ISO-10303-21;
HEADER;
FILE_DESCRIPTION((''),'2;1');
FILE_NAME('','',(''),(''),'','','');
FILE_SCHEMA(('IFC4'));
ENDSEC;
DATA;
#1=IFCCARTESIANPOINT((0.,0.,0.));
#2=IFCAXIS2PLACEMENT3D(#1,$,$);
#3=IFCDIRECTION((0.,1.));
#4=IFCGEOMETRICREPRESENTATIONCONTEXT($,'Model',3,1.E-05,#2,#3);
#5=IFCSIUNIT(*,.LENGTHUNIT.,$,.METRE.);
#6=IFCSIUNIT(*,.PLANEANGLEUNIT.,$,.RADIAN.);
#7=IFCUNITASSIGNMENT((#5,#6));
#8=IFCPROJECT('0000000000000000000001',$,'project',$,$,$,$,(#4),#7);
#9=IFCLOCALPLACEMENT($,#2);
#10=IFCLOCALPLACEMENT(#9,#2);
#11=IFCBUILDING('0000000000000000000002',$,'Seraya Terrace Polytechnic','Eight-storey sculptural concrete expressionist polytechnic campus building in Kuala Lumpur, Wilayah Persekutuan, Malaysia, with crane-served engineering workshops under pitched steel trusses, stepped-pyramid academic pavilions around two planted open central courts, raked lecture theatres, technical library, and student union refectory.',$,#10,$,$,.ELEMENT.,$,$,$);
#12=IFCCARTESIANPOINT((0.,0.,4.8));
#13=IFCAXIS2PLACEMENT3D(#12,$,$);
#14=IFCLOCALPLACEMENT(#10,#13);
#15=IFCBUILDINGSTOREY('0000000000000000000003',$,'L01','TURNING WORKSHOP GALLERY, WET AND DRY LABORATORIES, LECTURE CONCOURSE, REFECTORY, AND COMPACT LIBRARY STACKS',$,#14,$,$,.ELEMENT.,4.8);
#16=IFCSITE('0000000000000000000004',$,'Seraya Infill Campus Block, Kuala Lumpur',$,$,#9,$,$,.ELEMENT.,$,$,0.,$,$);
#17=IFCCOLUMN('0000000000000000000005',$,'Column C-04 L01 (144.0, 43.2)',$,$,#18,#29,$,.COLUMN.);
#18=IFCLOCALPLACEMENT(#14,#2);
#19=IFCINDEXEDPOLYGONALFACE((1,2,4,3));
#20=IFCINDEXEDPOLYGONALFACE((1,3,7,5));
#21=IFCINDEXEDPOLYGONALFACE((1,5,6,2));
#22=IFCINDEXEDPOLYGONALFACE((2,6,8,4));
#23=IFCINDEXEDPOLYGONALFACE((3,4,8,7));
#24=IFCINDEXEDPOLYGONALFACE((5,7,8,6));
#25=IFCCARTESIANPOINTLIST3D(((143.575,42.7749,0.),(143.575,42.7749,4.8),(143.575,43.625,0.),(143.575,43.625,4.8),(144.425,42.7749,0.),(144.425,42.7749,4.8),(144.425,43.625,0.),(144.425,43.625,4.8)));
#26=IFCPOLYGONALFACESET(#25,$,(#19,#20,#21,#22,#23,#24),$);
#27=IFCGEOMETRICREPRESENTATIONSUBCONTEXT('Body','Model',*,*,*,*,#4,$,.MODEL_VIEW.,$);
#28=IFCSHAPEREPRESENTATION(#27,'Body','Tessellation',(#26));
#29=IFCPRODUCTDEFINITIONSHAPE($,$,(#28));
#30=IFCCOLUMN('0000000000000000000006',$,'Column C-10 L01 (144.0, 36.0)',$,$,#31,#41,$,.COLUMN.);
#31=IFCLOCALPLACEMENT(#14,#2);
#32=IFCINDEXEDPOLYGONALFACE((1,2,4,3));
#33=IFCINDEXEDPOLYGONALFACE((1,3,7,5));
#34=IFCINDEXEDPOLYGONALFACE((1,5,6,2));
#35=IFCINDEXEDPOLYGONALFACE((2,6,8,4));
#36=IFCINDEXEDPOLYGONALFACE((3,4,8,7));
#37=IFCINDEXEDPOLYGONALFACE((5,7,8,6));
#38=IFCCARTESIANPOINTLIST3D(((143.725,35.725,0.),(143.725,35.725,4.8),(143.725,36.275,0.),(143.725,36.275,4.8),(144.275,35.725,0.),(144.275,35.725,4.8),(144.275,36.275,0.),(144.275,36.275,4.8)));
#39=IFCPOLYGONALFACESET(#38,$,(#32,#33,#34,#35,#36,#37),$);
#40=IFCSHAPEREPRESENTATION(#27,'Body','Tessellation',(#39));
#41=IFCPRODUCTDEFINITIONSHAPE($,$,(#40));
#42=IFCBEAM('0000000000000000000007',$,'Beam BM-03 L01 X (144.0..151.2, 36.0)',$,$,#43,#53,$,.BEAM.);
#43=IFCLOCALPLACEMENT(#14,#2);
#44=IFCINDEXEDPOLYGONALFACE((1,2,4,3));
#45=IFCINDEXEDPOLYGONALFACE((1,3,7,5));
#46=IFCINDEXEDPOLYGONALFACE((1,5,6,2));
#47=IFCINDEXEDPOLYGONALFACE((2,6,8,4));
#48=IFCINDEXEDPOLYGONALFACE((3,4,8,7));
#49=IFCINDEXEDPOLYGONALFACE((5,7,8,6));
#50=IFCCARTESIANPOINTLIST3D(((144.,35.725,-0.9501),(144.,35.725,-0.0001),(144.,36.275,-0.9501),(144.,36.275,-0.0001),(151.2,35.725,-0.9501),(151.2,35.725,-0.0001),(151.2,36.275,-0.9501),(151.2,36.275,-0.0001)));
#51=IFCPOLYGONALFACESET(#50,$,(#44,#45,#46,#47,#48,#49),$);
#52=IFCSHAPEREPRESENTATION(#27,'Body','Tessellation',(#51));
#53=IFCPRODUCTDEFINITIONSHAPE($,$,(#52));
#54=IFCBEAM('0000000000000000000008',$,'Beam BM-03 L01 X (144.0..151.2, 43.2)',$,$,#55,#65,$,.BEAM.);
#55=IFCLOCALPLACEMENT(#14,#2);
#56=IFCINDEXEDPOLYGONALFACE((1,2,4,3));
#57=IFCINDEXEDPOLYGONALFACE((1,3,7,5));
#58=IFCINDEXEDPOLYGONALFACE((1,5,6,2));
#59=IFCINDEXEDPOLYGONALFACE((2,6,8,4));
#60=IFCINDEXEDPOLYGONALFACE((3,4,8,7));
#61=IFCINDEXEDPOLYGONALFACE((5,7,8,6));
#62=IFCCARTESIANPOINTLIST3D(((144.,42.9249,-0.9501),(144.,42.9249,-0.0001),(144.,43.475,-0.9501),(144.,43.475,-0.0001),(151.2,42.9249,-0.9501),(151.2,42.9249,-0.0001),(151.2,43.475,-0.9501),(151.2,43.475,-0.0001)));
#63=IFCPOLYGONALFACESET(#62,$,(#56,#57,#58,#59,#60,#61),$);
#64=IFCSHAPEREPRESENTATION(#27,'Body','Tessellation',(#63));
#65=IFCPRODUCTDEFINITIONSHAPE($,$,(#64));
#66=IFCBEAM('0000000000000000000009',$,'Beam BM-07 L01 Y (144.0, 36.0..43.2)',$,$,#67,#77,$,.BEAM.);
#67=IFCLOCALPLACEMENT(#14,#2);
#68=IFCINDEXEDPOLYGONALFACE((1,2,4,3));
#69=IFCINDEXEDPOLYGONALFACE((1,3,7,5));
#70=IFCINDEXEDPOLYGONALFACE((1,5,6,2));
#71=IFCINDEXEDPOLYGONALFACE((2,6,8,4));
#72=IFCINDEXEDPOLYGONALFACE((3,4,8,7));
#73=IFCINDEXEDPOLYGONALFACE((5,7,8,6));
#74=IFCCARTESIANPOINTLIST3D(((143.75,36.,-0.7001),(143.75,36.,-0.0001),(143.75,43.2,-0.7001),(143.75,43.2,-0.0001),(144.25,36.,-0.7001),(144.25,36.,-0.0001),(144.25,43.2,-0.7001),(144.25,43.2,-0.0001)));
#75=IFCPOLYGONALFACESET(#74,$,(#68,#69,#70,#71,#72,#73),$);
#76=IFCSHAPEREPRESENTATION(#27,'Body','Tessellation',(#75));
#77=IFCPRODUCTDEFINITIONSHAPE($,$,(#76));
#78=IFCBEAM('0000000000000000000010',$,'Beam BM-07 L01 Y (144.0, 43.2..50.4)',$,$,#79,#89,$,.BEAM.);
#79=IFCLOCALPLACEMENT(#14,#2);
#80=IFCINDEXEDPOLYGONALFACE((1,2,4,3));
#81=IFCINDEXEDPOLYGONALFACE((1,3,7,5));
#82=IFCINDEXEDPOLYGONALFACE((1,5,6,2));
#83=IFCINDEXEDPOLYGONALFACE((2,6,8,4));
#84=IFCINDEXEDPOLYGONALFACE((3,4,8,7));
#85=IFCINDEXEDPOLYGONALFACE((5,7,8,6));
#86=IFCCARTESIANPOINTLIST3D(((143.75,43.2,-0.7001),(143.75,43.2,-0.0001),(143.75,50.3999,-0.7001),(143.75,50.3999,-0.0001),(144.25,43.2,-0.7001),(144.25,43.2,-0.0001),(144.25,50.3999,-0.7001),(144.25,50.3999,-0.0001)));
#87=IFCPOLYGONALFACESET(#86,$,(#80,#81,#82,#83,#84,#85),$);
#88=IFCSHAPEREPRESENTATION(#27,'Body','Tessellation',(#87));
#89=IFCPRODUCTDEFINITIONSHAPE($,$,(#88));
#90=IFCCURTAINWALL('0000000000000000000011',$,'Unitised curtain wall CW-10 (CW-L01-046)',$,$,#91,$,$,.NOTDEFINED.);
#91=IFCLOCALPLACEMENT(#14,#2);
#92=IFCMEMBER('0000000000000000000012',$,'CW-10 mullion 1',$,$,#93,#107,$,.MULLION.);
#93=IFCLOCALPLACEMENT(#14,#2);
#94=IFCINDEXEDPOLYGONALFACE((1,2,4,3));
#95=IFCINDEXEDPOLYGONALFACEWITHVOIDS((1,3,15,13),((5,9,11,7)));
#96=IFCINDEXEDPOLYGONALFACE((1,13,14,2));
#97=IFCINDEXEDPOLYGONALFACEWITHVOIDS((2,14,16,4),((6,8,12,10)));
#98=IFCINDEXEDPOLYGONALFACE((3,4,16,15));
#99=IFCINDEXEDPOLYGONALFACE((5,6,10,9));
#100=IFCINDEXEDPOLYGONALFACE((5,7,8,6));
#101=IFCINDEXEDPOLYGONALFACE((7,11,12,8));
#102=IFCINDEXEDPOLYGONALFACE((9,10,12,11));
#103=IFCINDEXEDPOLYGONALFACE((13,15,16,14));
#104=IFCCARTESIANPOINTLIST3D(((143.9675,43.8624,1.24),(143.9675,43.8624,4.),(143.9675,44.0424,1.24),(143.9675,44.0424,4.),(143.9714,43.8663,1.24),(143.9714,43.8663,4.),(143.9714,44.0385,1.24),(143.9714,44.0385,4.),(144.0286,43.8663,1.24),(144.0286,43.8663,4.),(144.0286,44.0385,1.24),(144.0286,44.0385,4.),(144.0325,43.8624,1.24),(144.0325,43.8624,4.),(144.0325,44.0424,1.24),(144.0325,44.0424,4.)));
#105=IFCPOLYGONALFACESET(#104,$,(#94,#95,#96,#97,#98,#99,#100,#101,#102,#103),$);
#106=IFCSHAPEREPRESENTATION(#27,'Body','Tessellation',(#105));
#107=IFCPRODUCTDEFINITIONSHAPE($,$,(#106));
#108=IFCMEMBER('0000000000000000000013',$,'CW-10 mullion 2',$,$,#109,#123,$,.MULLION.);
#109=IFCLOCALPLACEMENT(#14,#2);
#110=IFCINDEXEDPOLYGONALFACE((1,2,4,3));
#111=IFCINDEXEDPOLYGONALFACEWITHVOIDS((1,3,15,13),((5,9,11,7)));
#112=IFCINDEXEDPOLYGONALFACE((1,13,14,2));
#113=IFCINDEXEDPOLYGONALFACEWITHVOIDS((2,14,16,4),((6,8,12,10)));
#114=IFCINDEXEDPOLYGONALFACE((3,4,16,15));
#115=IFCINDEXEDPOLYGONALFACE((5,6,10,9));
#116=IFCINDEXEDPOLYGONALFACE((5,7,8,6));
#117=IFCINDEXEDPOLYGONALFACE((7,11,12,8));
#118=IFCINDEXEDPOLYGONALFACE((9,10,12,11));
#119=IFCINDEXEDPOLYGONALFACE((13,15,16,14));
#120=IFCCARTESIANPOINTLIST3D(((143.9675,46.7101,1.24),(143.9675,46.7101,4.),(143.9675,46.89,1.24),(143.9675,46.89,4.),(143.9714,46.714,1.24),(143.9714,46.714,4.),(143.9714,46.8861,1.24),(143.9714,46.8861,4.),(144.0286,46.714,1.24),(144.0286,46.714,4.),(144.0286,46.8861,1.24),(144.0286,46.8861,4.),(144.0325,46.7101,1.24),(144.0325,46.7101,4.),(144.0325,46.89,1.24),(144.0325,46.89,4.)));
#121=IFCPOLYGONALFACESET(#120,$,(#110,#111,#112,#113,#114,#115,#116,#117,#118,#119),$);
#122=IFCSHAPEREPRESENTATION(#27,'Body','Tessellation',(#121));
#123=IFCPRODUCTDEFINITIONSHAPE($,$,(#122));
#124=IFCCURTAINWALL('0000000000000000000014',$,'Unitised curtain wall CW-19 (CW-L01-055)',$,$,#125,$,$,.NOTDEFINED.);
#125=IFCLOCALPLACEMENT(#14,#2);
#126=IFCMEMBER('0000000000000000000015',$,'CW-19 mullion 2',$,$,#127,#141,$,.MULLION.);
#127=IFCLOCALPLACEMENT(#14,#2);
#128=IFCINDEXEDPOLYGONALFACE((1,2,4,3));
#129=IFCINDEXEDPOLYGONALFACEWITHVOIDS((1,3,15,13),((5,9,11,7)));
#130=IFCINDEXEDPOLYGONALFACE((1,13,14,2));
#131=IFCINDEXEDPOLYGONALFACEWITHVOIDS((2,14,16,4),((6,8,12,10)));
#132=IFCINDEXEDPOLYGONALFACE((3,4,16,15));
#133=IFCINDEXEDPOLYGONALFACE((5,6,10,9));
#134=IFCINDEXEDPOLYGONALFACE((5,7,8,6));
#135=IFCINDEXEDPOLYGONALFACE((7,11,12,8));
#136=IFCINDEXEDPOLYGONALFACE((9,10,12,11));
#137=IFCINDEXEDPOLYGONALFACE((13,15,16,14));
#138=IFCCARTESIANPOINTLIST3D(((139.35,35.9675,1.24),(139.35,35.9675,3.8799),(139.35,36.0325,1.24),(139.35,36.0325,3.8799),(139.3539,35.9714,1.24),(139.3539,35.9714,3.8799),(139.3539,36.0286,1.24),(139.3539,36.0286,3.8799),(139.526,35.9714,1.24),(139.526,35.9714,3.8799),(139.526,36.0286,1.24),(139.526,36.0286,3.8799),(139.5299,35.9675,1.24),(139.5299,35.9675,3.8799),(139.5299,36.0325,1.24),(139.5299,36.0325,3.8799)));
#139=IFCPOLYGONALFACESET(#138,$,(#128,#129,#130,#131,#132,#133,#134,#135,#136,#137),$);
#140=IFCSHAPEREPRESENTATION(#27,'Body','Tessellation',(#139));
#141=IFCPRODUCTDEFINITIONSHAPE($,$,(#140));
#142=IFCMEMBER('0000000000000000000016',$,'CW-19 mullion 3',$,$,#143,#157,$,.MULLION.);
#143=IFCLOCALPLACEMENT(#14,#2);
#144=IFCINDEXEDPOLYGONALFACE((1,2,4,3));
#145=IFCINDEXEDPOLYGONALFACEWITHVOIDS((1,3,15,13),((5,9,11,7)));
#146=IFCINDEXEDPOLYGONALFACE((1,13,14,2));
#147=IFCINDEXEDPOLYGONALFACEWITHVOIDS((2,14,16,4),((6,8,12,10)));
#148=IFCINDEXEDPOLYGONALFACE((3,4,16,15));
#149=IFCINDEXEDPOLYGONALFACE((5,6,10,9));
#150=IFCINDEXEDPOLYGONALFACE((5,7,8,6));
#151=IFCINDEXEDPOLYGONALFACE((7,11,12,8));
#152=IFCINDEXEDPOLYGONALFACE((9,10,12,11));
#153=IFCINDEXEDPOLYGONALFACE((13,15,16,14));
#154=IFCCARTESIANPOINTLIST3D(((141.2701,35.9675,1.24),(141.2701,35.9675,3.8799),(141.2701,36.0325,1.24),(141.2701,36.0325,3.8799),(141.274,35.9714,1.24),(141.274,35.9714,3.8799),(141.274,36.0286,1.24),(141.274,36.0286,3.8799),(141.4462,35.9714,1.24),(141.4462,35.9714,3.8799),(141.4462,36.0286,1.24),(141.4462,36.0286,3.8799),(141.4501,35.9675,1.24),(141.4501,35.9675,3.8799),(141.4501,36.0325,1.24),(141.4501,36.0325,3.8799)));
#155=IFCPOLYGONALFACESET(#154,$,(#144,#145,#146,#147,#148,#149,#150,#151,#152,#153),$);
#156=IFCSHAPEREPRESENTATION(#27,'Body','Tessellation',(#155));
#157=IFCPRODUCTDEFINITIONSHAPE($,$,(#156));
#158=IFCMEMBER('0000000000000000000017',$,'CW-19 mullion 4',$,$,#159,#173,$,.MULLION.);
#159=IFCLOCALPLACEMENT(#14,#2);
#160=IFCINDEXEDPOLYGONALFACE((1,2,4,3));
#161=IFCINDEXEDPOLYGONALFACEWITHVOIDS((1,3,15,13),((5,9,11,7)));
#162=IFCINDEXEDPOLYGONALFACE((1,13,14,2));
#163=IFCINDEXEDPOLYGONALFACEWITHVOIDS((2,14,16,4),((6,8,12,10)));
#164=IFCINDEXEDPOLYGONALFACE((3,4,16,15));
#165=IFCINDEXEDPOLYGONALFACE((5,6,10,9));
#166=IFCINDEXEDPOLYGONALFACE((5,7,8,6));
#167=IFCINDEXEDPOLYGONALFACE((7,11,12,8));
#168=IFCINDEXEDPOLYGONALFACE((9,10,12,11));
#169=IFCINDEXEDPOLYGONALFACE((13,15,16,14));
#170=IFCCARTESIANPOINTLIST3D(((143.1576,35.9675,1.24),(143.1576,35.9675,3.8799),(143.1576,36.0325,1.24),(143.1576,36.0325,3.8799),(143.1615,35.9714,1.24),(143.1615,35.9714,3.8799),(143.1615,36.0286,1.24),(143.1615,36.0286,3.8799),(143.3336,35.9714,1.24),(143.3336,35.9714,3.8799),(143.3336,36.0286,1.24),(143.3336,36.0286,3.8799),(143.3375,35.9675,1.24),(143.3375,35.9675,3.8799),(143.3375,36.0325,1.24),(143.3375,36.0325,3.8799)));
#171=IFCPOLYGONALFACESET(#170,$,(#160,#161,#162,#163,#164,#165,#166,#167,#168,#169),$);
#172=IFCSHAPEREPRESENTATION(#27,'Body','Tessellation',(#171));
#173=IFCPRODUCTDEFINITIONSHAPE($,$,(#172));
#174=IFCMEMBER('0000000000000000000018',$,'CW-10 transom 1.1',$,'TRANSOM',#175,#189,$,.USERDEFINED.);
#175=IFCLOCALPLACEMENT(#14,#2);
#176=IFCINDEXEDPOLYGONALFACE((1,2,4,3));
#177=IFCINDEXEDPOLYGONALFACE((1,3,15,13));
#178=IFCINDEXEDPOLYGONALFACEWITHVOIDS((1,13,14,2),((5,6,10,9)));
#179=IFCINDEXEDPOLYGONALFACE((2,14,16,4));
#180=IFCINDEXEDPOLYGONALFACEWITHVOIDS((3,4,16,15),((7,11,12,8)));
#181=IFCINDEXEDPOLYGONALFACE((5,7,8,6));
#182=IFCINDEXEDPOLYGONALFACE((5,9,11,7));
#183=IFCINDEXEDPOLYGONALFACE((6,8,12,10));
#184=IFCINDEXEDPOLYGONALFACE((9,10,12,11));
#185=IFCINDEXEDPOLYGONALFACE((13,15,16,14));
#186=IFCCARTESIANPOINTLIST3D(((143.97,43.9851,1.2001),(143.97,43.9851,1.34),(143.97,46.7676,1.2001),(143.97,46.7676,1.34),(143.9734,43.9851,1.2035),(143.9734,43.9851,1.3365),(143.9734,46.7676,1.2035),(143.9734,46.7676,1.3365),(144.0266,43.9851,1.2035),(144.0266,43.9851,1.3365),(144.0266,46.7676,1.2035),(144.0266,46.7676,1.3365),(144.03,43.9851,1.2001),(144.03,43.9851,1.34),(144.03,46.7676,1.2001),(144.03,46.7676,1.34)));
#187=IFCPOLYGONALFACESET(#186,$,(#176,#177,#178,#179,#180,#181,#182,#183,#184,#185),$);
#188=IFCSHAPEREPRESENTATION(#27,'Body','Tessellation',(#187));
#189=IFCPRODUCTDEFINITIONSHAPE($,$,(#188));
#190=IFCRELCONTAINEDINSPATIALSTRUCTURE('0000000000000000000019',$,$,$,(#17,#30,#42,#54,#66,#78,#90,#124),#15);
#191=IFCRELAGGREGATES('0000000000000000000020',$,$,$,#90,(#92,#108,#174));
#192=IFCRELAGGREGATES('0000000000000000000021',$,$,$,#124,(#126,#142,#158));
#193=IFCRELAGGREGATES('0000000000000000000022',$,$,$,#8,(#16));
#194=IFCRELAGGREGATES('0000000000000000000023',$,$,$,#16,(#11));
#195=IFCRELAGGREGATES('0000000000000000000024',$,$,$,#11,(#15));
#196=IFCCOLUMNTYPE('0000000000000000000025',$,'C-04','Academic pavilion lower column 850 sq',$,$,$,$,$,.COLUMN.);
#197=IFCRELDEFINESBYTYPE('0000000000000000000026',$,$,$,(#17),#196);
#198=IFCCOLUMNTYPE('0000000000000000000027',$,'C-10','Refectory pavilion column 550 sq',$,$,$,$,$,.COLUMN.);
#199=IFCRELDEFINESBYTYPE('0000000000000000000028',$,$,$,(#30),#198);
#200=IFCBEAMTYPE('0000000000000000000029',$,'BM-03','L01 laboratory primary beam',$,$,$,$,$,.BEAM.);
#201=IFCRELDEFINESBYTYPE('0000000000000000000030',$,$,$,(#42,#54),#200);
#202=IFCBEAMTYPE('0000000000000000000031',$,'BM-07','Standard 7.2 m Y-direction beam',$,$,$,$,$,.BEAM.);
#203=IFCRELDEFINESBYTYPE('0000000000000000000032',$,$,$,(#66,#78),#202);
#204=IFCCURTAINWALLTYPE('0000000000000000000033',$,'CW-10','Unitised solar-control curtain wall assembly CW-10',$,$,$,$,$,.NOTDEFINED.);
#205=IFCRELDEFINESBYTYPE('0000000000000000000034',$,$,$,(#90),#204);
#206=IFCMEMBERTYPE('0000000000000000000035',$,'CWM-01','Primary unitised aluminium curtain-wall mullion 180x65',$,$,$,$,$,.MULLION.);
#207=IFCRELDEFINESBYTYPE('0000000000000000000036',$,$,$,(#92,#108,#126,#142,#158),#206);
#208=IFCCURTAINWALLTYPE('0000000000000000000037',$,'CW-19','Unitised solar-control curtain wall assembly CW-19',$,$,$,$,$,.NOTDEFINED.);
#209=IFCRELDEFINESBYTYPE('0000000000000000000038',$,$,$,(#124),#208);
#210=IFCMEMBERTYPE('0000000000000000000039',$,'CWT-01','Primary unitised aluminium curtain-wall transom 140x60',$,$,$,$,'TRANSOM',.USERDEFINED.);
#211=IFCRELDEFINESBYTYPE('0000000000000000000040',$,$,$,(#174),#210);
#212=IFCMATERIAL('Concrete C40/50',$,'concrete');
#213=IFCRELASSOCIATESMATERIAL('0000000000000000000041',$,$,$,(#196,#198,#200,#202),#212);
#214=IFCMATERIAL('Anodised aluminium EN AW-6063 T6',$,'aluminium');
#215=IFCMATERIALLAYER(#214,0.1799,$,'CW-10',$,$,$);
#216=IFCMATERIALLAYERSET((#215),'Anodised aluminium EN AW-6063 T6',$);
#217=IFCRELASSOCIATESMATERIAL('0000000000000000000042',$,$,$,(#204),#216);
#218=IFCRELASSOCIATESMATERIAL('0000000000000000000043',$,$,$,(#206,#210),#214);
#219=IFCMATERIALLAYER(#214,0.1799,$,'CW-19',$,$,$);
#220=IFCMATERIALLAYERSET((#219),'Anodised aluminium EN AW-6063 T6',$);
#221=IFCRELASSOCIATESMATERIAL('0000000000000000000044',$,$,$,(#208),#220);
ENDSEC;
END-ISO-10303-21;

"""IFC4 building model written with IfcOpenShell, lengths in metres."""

from ifc_helpers import new_model, si_unit, direction, frame, origin, origin_2d, place, context, subcontext, project, spatial, rectangle, hollow_rectangle, extrude, material, layer, layer_set, material_profile, profile_set, type_object, element, aggregate, save


model = new_model("IFC4")

# Units and contexts
model_context = context("Model", 3, precision=1e-05, world=origin(), true_north=direction((0.0, 1.0)))
body_context = subcontext(model_context, "Body", "Model", "MODEL_VIEW")
ifc_project = project(units=[si_unit("LENGTHUNIT", "METRE"), si_unit("PLANEANGLEUNIT", "RADIAN")], contexts=[model_context])

# Site, building, storey
site_placement = place(None, origin())
site = spatial("IfcSite", under=ifc_project, at=site_placement, Name="Seraya Infill Campus Block, Kuala Lumpur", CompositionType="ELEMENT", RefElevation=0.0)
building_placement = place(site_placement, origin())
building = spatial("IfcBuilding", under=site, at=building_placement, Name="Seraya Terrace Polytechnic", Description="Eight-storey sculptural concrete expressionist polytechnic campus building in Kuala Lumpur, Wilayah Persekutuan, Malaysia, with crane-served engineering workshops under pitched steel trusses, stepped-pyramid academic pavilions around two planted open central courts, raked lecture theatres, technical library, and student union refectory.", CompositionType="ELEMENT")
storey_placement = place(building_placement, frame((0.0, 0.0, 4.8)))
storey = spatial("IfcBuildingStorey", under=building, at=storey_placement, Name="L01", Description="TURNING WORKSHOP GALLERY, WET AND DRY LABORATORIES, LECTURE CONCOURSE, REFECTORY, AND COMPACT LIBRARY STACKS", CompositionType="ELEMENT", Elevation=4.8)

# Columns
ifc_material_1 = material(Name="Concrete C40/50", Category="concrete")
ifc_material_profile_1 = material_profile(ifc_material_1, rectangle(XDim=0.8501, YDim=0.8501, at=origin_2d()), Name="RC 850x850")
ifc_profile_set_1 = profile_set([ifc_material_profile_1], Name="Concrete C40/50")
column_type_1 = type_object("IfcColumnType", Name="C-04", Description="Academic pavilion lower column 850 sq", PredefinedType="COLUMN", material=ifc_profile_set_1)
column_1_placement = place(storey_placement, frame((144.0, 43.2, 0.0), z_axis=(0.0, 0.0, 1.0), x_axis=(1.0, 0.0, 0.0)))
element("IfcColumn", 1, at=column_1_placement, inside=storey, type_object=column_type_1, Name="Column C-04 L01 (144.0, 43.2)", PredefinedType="COLUMN", context=body_context, shape_type="SweptSolid", body=[
    extrude(rectangle(XDim=0.8501, YDim=0.8501, at=origin_2d()), origin(), (0.0, 0.0, 1.0), 4.8),
])
ifc_material_profile_2 = material_profile(ifc_material_1, rectangle(XDim=0.55, YDim=0.55, at=origin_2d()), Name="RC 550x550")
ifc_profile_set_2 = profile_set([ifc_material_profile_2], Name="Concrete C40/50")
column_type_2 = type_object("IfcColumnType", Name="C-10", Description="Refectory pavilion column 550 sq", PredefinedType="COLUMN", material=ifc_profile_set_2)
column_2_placement = place(storey_placement, frame((144.0, 36.0, 0.0), z_axis=(0.0, 0.0, 1.0), x_axis=(1.0, 0.0, 0.0)))
element("IfcColumn", 2, at=column_2_placement, inside=storey, type_object=column_type_2, Name="Column C-10 L01 (144.0, 36.0)", PredefinedType="COLUMN", context=body_context, shape_type="SweptSolid", body=[
    extrude(rectangle(XDim=0.55, YDim=0.55, at=origin_2d()), origin(), (0.0, 0.0, 1.0), 4.8),
])

# Beams
ifc_material_profile_3 = material_profile(ifc_material_1, rectangle(XDim=0.55, YDim=0.95, at=origin_2d()), Name="RC 550x950")
ifc_profile_set_3 = profile_set([ifc_material_profile_3], Name="Concrete C40/50")
beam_type_1 = type_object("IfcBeamType", Name="BM-03", Description="L01 laboratory primary beam", PredefinedType="BEAM", material=ifc_profile_set_3)
for number, where, z_axis, x_axis, name in (
    (3, (144.0, 36.0, -0.4751), (1.0, 0.0, 0.0), (0.0, 1.0, 0.0), "Beam BM-03 L01 X (144.0..151.2, 36.0)"),
    (4, (144.0, 43.2, -0.4751), (1.0, 0.0, 0.0), (0.0, 1.0, 0.0), "Beam BM-03 L01 X (144.0..151.2, 43.2)"),
):
    element("IfcBeam", number, at=place(storey_placement, frame(where, z_axis=z_axis, x_axis=x_axis)), inside=storey, type_object=beam_type_1, Name=name, PredefinedType="BEAM", context=body_context, shape_type="SweptSolid", body=[
        extrude(rectangle(XDim=0.55, YDim=0.95, at=origin_2d()), origin(), (0.0, 0.0, 1.0), 7.2),
    ])
ifc_material_profile_4 = material_profile(ifc_material_1, rectangle(XDim=0.5, YDim=0.7, at=origin_2d()), Name="RC 500x700")
ifc_profile_set_4 = profile_set([ifc_material_profile_4], Name="Concrete C40/50")
beam_type_2 = type_object("IfcBeamType", Name="BM-07", Description="Standard 7.2 m Y-direction beam", PredefinedType="BEAM", material=ifc_profile_set_4)
for number, where, z_axis, x_axis, name in (
    (5, (144.0, 36.0, -0.3501), (0.0, 1.0, 0.0), (-1.0, 0.0, 0.0), "Beam BM-07 L01 Y (144.0, 36.0..43.2)"),
    (6, (144.0, 43.2, -0.3501), (0.0, 1.0, 0.0), (-1.0, 0.0, 0.0), "Beam BM-07 L01 Y (144.0, 43.2..50.4)"),
):
    element("IfcBeam", number, at=place(storey_placement, frame(where, z_axis=z_axis, x_axis=x_axis)), inside=storey, type_object=beam_type_2, Name=name, PredefinedType="BEAM", context=body_context, shape_type="SweptSolid", body=[
        extrude(rectangle(XDim=0.5, YDim=0.7, at=origin_2d()), origin(), (0.0, 0.0, 1.0), 7.2),
    ])

# Curtain walls, members
ifc_material_2 = material(Name="Anodised aluminium EN AW-6063 T6", Category="aluminium")
ifc_layer_1 = layer(ifc_material_2, 0.1799, Name="CW-10")
ifc_layer_set_1 = layer_set([ifc_layer_1], Name="Anodised aluminium EN AW-6063 T6")
curtain_wall_type_1 = type_object("IfcCurtainWallType", Name="CW-10", Description="Unitised solar-control curtain wall assembly CW-10", PredefinedType="NOTDEFINED", material=ifc_layer_set_1)
curtain_wall_1_placement = place(storey_placement, origin())
curtain_wall_1 = element("IfcCurtainWall", 7, at=curtain_wall_1_placement, inside=storey, type_object=curtain_wall_type_1, Name="Unitised curtain wall CW-10 (CW-L01-046)", PredefinedType="NOTDEFINED")
ifc_material_profile_5 = material_profile(ifc_material_2, hollow_rectangle(XDim=0.0649, YDim=0.1799, WallThickness=0.0039, at=origin_2d()), Name="RHS 180x65x4.0")
ifc_profile_set_5 = profile_set([ifc_material_profile_5], Name="Anodised aluminium EN AW-6063 T6")
member_type_1 = type_object("IfcMemberType", Name="CWM-01", Description="Primary unitised aluminium curtain-wall mullion 180x65", PredefinedType="MULLION", material=ifc_profile_set_5)
member_1_placement = place(storey_placement, frame((144.0, 43.9524, 1.24), z_axis=(0.0, 0.0, 1.0), x_axis=(-1.0, 0.0, 0.0)))
member_1 = element("IfcMember", 8, at=member_1_placement, type_object=member_type_1, Name="CW-10 mullion 1", PredefinedType="MULLION", context=body_context, shape_type="SweptSolid", body=[
    extrude(hollow_rectangle(XDim=0.0649, YDim=0.1799, WallThickness=0.0039, at=origin_2d()), origin(), (0.0, 0.0, 1.0), 2.76),
])
member_2_placement = place(storey_placement, frame((144.0, 46.8, 1.24), z_axis=(0.0, 0.0, 1.0), x_axis=(-1.0, 0.0, 0.0)))
member_2 = element("IfcMember", 9, at=member_2_placement, type_object=member_type_1, Name="CW-10 mullion 2", PredefinedType="MULLION", context=body_context, shape_type="SweptSolid", body=[
    extrude(hollow_rectangle(XDim=0.0649, YDim=0.1799, WallThickness=0.0039, at=origin_2d()), origin(), (0.0, 0.0, 1.0), 2.76),
])
ifc_layer_2 = layer(ifc_material_2, 0.1799, Name="CW-19")
ifc_layer_set_2 = layer_set([ifc_layer_2], Name="Anodised aluminium EN AW-6063 T6")
curtain_wall_type_2 = type_object("IfcCurtainWallType", Name="CW-19", Description="Unitised solar-control curtain wall assembly CW-19", PredefinedType="NOTDEFINED", material=ifc_layer_set_2)
curtain_wall_2_placement = place(storey_placement, origin())
curtain_wall_2 = element("IfcCurtainWall", 10, at=curtain_wall_2_placement, inside=storey, type_object=curtain_wall_type_2, Name="Unitised curtain wall CW-19 (CW-L01-055)", PredefinedType="NOTDEFINED")
member_3_placement = place(storey_placement, frame((139.4399, 36.0, 1.24), z_axis=(0.0, 0.0, 1.0), x_axis=(0.0, 1.0, 0.0)))
member_3 = element("IfcMember", 11, at=member_3_placement, type_object=member_type_1, Name="CW-19 mullion 2", PredefinedType="MULLION", context=body_context, shape_type="SweptSolid", body=[
    extrude(hollow_rectangle(XDim=0.0649, YDim=0.1799, WallThickness=0.0039, at=origin_2d()), origin(), (0.0, 0.0, 1.0), 2.6399),
])
member_4_placement = place(storey_placement, frame((141.3601, 36.0, 1.24), z_axis=(0.0, 0.0, 1.0), x_axis=(0.0, 1.0, 0.0)))
member_4 = element("IfcMember", 12, at=member_4_placement, type_object=member_type_1, Name="CW-19 mullion 3", PredefinedType="MULLION", context=body_context, shape_type="SweptSolid", body=[
    extrude(hollow_rectangle(XDim=0.0649, YDim=0.1799, WallThickness=0.0039, at=origin_2d()), origin(), (0.0, 0.0, 1.0), 2.6399),
])
member_5_placement = place(storey_placement, frame((143.2476, 36.0, 1.24), z_axis=(0.0, 0.0, 1.0), x_axis=(0.0, 1.0, 0.0)))
member_5 = element("IfcMember", 13, at=member_5_placement, type_object=member_type_1, Name="CW-19 mullion 4", PredefinedType="MULLION", context=body_context, shape_type="SweptSolid", body=[
    extrude(hollow_rectangle(XDim=0.0649, YDim=0.1799, WallThickness=0.0039, at=origin_2d()), origin(), (0.0, 0.0, 1.0), 2.6399),
])

# Member
ifc_material_profile_6 = material_profile(ifc_material_2, hollow_rectangle(XDim=0.0601, YDim=0.1399, WallThickness=0.0034, at=origin_2d()), Name="RHS 140x60x3.5")
ifc_profile_set_6 = profile_set([ifc_material_profile_6], Name="Anodised aluminium EN AW-6063 T6")
member_type_2 = type_object("IfcMemberType", Name="CWT-01", Description="Primary unitised aluminium curtain-wall transom 140x60", ElementType="TRANSOM", PredefinedType="USERDEFINED", material=ifc_profile_set_6)
member_6_placement = place(storey_placement, frame((144.0, 43.9851, 1.27), z_axis=(0.0, 1.0, 0.0), x_axis=(-1.0, 0.0, 0.0)))
member_6 = element("IfcMember", 14, at=member_6_placement, type_object=member_type_2, Name="CW-10 transom 1.1", ObjectType="TRANSOM", PredefinedType="USERDEFINED", context=body_context, shape_type="SweptSolid", body=[
    extrude(hollow_rectangle(XDim=0.0601, YDim=0.1399, WallThickness=0.0034, at=origin_2d()), origin(), (0.0, 0.0, 1.0), 2.7825),
])

aggregate(curtain_wall_1, [member_1, member_2, member_6])
aggregate(curtain_wall_2, [member_3, member_4, member_5])

save(model, "model.ifc")
